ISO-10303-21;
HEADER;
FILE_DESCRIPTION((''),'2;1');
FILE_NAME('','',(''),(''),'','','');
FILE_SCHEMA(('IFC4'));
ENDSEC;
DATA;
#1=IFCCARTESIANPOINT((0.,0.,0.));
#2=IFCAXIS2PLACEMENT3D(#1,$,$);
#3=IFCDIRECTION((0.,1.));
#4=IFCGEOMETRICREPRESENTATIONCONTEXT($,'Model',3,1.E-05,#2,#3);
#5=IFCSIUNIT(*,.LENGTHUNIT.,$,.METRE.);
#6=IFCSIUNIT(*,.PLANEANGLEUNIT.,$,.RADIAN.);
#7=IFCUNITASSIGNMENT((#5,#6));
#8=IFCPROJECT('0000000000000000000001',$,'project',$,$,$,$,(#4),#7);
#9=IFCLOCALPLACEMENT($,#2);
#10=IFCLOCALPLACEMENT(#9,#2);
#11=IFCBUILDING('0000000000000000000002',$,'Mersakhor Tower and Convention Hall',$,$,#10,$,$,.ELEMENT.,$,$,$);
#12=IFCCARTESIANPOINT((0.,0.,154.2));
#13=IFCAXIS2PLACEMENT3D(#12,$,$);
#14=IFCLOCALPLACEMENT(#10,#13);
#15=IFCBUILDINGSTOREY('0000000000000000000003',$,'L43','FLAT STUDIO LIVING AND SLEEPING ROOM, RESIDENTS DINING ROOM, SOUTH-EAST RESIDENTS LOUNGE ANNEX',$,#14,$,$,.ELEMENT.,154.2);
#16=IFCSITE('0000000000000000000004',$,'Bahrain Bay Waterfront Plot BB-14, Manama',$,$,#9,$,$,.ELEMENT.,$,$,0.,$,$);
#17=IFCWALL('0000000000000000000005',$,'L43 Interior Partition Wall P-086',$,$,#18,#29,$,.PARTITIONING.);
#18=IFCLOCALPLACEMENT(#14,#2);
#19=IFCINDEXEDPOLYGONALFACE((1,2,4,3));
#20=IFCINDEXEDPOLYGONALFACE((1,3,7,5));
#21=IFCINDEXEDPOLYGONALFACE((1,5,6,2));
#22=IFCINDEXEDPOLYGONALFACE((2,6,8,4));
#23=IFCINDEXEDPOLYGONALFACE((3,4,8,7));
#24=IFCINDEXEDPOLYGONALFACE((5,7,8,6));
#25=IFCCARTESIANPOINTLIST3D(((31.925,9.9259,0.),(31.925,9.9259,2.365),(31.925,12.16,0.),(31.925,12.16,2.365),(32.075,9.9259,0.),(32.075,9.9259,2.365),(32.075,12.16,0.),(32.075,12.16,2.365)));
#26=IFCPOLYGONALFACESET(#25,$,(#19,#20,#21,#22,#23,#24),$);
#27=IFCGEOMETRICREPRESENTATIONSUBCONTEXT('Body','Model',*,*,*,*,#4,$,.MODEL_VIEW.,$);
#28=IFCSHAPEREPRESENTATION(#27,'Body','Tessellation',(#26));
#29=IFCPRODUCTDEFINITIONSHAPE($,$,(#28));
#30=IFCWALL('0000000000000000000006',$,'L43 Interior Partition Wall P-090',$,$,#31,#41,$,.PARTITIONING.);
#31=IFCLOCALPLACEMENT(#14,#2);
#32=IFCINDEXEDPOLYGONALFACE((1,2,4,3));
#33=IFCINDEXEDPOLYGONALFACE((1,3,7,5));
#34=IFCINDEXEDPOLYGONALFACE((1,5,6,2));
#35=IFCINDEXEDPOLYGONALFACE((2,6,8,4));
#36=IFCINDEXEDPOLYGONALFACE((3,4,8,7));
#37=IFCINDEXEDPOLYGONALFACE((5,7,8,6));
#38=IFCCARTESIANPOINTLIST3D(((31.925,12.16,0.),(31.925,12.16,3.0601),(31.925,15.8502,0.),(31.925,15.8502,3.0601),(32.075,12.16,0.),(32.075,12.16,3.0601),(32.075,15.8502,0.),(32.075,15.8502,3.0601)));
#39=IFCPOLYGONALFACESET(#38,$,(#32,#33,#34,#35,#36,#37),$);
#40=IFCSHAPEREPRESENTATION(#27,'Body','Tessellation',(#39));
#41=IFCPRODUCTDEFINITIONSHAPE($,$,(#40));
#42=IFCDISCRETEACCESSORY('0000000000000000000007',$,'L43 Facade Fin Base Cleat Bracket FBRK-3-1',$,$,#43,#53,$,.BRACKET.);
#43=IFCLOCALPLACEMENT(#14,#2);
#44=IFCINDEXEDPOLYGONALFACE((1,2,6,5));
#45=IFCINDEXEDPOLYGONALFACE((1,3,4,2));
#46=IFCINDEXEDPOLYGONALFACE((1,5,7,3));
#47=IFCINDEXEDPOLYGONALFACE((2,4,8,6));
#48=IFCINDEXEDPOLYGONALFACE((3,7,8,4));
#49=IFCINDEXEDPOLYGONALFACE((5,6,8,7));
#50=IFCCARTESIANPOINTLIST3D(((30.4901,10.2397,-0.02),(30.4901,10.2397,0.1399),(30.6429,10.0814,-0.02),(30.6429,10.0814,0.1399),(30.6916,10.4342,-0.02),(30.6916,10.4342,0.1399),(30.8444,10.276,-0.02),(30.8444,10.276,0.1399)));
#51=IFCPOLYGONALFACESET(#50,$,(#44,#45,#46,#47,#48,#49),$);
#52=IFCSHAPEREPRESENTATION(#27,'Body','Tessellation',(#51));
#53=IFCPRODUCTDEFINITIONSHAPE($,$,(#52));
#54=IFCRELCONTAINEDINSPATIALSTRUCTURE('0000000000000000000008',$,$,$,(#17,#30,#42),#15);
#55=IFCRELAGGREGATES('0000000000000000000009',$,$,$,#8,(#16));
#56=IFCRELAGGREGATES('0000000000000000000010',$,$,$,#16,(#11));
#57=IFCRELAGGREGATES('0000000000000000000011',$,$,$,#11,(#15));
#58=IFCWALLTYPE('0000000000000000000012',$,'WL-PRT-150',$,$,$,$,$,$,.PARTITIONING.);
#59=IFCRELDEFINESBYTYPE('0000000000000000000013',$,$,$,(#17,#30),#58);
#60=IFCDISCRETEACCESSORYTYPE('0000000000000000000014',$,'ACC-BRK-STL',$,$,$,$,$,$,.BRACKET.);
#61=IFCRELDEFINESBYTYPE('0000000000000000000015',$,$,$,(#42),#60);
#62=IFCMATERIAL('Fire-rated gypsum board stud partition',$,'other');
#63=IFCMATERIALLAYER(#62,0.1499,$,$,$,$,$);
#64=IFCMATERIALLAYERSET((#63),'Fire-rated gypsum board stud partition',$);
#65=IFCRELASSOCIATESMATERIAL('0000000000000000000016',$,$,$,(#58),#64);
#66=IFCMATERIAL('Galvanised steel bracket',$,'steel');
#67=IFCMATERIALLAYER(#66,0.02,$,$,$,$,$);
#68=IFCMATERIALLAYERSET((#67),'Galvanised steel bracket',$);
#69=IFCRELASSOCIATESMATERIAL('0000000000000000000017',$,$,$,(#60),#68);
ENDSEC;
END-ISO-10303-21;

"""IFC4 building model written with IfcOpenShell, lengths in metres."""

from ifc_helpers import new_model, si_unit, direction, frame, frame_2d, origin, origin_2d, place, context, subcontext, project, spatial, rectangle, extrude, material, layer, layer_set, type_object, element, save


model = new_model("IFC4")

# Units and contexts
model_context = context("Model", 3, precision=1e-05, world=origin(), true_north=direction((0.0, 1.0)))
body_context = subcontext(model_context, "Body", "Model", "MODEL_VIEW")
ifc_project = project(units=[si_unit("LENGTHUNIT", "METRE"), si_unit("PLANEANGLEUNIT", "RADIAN")], contexts=[model_context])

# Site, building, storey
site_placement = place(None, origin())
site = spatial("IfcSite", under=ifc_project, at=site_placement, Name="Bahrain Bay Waterfront Plot BB-14, Manama", CompositionType="ELEMENT", RefElevation=0.0)
building_placement = place(site_placement, origin())
building = spatial("IfcBuilding", under=site, at=building_placement, Name="Mersakhor Tower and Convention Hall", CompositionType="ELEMENT")
storey_placement = place(building_placement, frame((0.0, 0.0, 154.2)))
storey = spatial("IfcBuildingStorey", under=building, at=storey_placement, Name="L43", Description="FLAT STUDIO LIVING AND SLEEPING ROOM, RESIDENTS DINING ROOM, SOUTH-EAST RESIDENTS LOUNGE ANNEX", CompositionType="ELEMENT", Elevation=154.2)

# Shared definitions
ifc_material_1 = material(Name="Fire-rated gypsum board stud partition", Category="other")
ifc_layer_1 = layer(ifc_material_1, 0.1499)
ifc_layer_set_1 = layer_set([ifc_layer_1], Name="Fire-rated gypsum board stud partition")
wall_type_1 = type_object("IfcWallType", Name="WL-PRT-150", PredefinedType="PARTITIONING", material=ifc_layer_set_1)

# Walls
wall_1_placement = place(storey_placement, frame((32.0, 9.9258, 0.0), z_axis=(0.0, 0.0, 1.0), x_axis=(0.0, 1.0, 0.0)))
element("IfcWall", 1, at=wall_1_placement, inside=storey, type_object=wall_type_1, Name="L43 Interior Partition Wall P-086", PredefinedType="PARTITIONING", context=body_context, shape_type="SweptSolid", body=[
    extrude(rectangle(XDim=2.2341, YDim=0.1499, at=frame_2d((1.1172, 0.0))), origin(), (0.0, 0.0, 1.0), 2.365),
])
wall_2_placement = place(storey_placement, frame((32.0, 12.1599, 0.0), z_axis=(0.0, 0.0, 1.0), x_axis=(0.0, 1.0, 0.0)))
element("IfcWall", 2, at=wall_2_placement, inside=storey, type_object=wall_type_1, Name="L43 Interior Partition Wall P-090", PredefinedType="PARTITIONING", context=body_context, shape_type="SweptSolid", body=[
    extrude(rectangle(XDim=3.6902, YDim=0.1499, at=frame_2d((1.8452, 0.0))), origin(), (0.0, 0.0, 1.0), 3.0601),
])

# Discrete accessory
ifc_material_2 = material(Name="Galvanised steel bracket", Category="steel")
ifc_layer_2 = layer(ifc_material_2, 0.02)
ifc_layer_set_2 = layer_set([ifc_layer_2], Name="Galvanised steel bracket")
discrete_accessory_type = type_object("IfcDiscreteAccessoryType", Name="ACC-BRK-STL", PredefinedType="BRACKET", material=ifc_layer_set_2)
discrete_accessory_placement = place(storey_placement, frame((30.6672, 10.2578, -0.02), z_axis=(0.0, 0.0, 1.0), x_axis=(-0.71934, -0.694658, 0.0)))
element("IfcDiscreteAccessory", 3, at=discrete_accessory_placement, inside=storey, type_object=discrete_accessory_type, Name="L43 Facade Fin Base Cleat Bracket FBRK-3-1", PredefinedType="BRACKET", context=body_context, shape_type="SweptSolid", body=[
    extrude(rectangle(XDim=0.28, YDim=0.22, at=origin_2d()), origin(), (0.0, 0.0, 1.0), 0.1599),
])

save(model, "model.ifc")
